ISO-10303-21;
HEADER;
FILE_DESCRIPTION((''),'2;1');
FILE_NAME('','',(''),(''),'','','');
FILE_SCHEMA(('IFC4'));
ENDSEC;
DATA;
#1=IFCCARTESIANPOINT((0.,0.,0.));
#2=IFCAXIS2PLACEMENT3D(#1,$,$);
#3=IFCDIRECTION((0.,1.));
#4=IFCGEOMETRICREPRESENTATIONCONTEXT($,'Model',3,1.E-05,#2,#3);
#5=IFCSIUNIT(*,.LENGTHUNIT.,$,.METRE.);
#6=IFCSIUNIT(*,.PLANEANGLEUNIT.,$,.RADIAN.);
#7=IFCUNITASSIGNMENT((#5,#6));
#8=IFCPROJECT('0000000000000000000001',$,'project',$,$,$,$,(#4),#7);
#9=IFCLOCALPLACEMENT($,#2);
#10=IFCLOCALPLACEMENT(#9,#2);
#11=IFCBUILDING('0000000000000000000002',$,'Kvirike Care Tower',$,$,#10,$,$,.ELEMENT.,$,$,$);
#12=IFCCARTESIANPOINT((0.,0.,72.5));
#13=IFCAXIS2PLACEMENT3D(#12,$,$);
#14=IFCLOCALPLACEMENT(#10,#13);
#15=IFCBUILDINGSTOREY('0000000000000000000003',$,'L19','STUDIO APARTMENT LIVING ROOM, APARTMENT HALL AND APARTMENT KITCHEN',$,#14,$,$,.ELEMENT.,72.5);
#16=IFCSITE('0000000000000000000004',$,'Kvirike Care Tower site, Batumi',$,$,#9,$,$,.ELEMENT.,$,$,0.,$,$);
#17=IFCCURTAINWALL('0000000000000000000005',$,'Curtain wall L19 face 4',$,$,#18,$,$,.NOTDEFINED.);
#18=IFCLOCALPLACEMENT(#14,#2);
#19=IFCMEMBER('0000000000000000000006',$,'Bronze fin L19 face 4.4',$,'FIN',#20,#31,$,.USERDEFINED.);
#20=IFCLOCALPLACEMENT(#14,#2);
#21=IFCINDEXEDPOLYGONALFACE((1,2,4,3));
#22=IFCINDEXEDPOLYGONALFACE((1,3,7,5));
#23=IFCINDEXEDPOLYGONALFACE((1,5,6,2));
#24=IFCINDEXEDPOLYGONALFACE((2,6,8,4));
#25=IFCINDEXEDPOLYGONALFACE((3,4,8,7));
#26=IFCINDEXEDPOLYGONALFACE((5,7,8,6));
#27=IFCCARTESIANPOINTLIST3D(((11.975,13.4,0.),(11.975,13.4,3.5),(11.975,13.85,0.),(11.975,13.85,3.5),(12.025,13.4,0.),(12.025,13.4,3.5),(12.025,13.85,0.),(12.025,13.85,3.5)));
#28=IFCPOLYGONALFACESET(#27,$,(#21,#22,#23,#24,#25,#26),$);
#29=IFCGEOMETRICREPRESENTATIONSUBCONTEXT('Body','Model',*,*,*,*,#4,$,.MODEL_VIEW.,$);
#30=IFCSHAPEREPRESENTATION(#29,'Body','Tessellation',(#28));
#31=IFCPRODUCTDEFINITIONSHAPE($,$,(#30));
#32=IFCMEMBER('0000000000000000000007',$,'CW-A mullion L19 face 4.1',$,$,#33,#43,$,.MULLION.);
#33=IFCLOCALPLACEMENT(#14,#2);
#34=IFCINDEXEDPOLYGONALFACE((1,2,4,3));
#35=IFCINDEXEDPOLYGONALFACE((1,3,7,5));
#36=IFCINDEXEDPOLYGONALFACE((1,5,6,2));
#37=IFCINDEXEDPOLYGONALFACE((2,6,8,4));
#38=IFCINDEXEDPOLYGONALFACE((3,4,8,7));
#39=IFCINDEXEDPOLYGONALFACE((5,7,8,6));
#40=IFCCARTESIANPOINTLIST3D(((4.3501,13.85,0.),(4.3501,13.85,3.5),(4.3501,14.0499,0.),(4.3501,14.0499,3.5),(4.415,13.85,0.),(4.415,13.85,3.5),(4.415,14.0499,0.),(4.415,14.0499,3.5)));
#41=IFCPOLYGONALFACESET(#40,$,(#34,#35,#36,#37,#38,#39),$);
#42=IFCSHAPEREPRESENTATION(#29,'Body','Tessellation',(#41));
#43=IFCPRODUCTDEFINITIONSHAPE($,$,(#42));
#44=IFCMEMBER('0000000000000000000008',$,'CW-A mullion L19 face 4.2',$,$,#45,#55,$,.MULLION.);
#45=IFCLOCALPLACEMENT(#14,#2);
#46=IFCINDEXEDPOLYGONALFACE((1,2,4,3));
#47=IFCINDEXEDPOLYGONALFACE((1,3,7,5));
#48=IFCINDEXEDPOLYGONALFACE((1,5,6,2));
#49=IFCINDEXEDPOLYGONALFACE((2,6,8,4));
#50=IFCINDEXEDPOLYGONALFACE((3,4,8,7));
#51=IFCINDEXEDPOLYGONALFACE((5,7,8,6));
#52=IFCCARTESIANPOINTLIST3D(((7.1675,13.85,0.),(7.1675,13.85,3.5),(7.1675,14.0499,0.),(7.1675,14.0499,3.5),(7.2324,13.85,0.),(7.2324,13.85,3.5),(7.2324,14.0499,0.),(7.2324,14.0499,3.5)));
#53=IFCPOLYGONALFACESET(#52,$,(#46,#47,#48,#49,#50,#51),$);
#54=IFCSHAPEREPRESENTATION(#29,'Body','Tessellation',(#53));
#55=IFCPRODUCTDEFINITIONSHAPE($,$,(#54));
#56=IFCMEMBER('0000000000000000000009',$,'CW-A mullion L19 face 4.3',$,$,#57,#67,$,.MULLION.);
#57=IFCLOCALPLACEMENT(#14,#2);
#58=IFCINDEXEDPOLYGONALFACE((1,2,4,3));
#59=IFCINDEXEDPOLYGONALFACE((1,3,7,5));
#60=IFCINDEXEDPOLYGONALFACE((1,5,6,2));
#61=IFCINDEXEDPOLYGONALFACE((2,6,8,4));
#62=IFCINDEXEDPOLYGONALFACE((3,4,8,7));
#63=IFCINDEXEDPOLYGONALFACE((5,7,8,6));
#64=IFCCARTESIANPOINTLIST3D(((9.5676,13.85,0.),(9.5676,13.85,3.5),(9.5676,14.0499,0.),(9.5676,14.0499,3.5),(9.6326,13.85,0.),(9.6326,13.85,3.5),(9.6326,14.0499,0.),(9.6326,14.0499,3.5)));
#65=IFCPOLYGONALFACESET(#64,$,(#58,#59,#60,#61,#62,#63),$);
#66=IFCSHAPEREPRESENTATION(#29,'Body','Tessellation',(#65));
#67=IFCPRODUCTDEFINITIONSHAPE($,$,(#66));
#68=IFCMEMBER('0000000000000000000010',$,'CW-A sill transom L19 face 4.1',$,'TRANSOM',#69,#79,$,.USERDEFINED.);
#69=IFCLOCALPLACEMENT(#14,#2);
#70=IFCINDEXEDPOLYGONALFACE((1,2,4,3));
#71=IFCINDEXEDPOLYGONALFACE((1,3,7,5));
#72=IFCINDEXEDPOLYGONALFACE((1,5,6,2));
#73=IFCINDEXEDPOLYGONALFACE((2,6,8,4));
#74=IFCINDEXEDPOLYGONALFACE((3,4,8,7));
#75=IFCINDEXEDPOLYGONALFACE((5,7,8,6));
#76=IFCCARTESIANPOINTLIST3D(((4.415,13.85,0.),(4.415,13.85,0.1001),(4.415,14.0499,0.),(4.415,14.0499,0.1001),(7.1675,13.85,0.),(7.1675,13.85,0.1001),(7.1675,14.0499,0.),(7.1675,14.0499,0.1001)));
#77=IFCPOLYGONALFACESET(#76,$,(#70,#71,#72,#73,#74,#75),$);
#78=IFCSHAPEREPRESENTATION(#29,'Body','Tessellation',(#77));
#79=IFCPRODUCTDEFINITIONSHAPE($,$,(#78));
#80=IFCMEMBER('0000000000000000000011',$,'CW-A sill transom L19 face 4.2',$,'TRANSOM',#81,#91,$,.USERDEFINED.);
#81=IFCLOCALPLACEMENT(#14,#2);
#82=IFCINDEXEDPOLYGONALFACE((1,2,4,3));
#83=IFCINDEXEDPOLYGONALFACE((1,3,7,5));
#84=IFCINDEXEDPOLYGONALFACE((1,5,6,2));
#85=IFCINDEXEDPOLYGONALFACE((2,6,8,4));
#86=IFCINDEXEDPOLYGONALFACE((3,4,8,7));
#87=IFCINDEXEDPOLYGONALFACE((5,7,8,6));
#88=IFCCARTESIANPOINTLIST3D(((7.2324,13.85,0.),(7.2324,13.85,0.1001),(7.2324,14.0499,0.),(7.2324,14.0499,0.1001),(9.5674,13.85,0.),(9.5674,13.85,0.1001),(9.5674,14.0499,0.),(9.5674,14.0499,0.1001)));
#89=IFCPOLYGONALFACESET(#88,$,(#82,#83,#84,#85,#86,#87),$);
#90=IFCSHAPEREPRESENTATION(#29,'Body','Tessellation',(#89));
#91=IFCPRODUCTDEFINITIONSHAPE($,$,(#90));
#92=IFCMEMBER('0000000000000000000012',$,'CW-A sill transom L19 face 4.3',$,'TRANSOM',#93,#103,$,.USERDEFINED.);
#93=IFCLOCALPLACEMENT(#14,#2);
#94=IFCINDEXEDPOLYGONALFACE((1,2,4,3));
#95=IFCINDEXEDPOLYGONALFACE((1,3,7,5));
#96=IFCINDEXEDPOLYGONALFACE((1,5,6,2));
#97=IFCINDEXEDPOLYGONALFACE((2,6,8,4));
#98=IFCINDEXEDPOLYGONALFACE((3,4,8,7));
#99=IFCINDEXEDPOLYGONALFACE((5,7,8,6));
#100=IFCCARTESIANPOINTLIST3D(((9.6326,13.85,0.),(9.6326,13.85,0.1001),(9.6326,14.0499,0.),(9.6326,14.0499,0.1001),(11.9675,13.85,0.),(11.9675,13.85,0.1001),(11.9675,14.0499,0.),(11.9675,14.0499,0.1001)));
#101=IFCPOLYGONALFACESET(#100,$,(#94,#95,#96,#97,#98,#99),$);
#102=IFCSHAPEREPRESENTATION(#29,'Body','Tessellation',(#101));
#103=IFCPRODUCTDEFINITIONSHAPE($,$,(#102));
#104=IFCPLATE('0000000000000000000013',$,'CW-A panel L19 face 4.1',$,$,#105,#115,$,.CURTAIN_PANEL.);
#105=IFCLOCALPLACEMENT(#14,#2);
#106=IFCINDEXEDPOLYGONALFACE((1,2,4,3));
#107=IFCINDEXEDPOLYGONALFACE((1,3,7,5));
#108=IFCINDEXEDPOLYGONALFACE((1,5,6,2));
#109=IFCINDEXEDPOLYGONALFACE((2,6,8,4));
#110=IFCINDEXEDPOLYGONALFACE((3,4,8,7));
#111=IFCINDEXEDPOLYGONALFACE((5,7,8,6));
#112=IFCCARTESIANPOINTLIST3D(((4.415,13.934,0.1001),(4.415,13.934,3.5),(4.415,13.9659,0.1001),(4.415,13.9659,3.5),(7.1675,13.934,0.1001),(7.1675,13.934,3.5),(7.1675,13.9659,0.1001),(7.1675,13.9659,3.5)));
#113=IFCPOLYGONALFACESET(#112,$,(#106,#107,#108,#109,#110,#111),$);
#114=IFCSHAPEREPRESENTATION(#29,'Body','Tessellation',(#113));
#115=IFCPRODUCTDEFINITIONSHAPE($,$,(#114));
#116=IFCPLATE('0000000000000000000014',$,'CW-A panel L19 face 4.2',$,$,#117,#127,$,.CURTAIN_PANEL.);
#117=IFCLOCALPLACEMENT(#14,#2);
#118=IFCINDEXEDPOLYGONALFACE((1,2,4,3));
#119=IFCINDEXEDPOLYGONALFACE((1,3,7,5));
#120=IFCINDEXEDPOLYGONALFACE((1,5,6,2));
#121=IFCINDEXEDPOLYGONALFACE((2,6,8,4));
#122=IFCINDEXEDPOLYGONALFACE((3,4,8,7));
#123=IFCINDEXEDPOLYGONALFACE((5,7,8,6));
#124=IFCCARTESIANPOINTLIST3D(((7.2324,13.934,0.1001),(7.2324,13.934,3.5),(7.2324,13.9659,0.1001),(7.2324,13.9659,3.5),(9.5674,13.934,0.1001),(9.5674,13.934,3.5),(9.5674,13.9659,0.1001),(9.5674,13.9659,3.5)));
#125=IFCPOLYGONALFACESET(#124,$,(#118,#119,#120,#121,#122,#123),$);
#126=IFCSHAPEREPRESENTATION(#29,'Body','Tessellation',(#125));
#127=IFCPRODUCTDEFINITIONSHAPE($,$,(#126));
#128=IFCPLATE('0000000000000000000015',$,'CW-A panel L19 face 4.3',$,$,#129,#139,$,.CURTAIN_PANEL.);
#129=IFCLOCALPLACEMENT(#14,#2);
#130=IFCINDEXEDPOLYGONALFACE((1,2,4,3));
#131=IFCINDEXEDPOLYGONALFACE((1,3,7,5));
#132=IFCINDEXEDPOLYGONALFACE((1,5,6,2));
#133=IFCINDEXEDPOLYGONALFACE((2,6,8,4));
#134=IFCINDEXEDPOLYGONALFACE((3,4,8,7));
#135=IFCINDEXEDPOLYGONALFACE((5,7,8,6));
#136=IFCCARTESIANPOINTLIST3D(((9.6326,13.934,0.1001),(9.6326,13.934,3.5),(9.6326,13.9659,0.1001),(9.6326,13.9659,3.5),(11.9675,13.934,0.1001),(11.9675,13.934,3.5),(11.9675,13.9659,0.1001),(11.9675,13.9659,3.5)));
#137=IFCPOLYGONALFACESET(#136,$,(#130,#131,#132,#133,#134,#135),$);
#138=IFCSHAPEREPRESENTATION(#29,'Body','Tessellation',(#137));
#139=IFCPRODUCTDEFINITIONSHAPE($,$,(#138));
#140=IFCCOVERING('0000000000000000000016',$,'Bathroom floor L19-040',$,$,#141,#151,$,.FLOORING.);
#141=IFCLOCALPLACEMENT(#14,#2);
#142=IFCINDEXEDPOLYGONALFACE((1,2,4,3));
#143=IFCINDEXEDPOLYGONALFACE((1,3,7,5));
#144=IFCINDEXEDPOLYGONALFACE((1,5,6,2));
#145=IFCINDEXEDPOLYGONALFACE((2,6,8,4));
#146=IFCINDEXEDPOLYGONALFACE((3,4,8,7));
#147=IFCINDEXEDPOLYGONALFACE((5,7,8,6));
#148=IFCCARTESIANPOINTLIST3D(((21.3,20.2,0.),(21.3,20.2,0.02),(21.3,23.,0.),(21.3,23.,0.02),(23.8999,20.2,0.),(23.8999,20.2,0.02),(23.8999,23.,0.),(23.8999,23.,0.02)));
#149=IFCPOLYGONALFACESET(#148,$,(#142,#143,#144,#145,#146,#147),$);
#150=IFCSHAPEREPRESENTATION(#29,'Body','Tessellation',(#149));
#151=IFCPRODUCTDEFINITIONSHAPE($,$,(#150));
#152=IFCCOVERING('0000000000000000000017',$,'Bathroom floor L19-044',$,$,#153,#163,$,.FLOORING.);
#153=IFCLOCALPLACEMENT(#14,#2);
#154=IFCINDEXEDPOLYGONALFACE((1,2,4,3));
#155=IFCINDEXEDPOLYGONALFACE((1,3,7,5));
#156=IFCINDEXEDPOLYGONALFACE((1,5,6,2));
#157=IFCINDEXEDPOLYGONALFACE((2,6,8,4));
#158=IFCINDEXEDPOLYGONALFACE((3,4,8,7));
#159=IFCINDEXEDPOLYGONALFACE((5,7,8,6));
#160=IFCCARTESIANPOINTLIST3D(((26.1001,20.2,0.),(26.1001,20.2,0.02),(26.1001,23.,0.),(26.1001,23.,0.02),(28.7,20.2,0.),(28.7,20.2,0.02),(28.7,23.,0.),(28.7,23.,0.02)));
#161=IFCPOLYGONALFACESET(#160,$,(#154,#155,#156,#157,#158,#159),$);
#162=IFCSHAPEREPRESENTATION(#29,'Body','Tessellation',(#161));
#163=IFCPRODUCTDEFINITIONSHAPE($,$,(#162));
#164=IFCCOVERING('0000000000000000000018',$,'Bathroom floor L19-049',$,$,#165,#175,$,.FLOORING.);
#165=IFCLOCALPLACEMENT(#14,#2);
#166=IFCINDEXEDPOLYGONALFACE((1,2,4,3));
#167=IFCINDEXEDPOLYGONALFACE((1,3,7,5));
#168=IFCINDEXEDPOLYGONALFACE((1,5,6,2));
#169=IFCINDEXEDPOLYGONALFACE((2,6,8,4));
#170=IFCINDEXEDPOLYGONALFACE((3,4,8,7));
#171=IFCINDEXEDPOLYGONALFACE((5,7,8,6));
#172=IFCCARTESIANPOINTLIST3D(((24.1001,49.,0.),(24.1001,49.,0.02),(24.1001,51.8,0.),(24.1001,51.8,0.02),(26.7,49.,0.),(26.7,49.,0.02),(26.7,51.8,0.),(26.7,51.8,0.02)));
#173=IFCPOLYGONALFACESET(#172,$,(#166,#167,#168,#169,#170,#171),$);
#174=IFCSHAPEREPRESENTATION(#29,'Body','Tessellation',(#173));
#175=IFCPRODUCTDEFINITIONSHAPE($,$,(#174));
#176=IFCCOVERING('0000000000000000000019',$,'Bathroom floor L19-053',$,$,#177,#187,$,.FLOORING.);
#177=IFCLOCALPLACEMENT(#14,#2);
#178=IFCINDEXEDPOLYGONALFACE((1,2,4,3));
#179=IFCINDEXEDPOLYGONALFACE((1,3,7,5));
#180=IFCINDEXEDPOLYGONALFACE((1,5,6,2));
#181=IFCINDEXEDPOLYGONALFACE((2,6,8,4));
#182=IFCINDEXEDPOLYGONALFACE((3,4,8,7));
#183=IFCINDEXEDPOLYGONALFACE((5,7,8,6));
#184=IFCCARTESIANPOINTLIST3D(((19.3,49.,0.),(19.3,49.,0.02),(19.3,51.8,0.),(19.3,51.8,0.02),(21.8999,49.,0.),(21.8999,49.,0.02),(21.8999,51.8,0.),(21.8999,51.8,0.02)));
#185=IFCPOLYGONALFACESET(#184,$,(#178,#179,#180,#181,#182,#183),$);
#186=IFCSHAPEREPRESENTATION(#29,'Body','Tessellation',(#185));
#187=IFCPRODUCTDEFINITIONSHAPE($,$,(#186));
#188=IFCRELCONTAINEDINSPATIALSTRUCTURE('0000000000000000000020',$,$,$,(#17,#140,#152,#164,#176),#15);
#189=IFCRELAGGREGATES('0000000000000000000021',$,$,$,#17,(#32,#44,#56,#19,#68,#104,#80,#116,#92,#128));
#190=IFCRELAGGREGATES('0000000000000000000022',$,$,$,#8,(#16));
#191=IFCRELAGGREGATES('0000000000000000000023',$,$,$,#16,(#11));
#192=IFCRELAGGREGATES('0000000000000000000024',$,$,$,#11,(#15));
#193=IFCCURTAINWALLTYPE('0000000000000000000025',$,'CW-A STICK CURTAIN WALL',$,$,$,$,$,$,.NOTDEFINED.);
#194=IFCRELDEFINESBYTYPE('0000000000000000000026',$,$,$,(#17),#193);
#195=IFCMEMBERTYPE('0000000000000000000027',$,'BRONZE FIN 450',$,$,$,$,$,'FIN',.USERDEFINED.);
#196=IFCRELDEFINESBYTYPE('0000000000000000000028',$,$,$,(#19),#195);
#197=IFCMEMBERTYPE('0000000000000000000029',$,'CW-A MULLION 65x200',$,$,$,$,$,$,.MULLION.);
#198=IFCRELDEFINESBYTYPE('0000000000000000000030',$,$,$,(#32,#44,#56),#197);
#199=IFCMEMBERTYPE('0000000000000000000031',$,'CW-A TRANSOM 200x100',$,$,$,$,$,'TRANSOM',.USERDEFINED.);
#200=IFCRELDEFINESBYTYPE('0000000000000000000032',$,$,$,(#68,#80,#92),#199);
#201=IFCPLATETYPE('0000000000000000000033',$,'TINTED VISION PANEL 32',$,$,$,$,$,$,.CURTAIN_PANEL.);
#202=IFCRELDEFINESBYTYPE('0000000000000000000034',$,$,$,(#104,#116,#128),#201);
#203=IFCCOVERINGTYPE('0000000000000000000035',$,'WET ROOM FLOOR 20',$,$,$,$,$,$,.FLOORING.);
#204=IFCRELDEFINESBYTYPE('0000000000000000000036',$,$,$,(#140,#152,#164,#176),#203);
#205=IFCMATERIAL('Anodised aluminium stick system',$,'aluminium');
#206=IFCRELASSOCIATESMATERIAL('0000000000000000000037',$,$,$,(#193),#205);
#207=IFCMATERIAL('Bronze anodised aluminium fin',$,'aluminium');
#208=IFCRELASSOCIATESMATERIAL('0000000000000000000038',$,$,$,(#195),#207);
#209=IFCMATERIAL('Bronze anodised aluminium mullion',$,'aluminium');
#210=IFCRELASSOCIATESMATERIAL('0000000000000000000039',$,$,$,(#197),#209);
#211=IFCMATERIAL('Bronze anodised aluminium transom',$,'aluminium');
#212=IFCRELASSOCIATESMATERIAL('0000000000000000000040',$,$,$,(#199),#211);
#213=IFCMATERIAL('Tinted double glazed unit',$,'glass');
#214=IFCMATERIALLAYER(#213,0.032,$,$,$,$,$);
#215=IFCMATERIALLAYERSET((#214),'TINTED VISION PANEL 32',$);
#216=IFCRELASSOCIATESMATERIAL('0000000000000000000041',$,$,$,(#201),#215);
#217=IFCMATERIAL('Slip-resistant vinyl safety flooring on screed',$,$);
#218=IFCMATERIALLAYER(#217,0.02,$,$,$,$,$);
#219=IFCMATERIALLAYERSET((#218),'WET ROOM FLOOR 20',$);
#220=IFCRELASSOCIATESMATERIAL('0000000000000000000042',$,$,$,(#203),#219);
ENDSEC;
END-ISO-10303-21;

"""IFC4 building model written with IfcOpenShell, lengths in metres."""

from ifc_helpers import new_model, si_unit, direction, frame, origin, origin_2d, place, context, subcontext, project, spatial, polyline, rectangle, outline, extrude, material, layer, layer_set, material_profile, profile_set, type_object, element, aggregate, save


model = new_model("IFC4")

# Units and contexts
model_context = context("Model", 3, precision=1e-05, world=origin(), true_north=direction((0.0, 1.0)))
body_context = subcontext(model_context, "Body", "Model", "MODEL_VIEW")
ifc_project = project(units=[si_unit("LENGTHUNIT", "METRE"), si_unit("PLANEANGLEUNIT", "RADIAN")], contexts=[model_context])

# Site, building, storey
site_placement = place(None, origin())
site = spatial("IfcSite", under=ifc_project, at=site_placement, Name="Kvirike Care Tower site, Batumi", CompositionType="ELEMENT", RefElevation=0.0)
building_placement = place(site_placement, origin())
building = spatial("IfcBuilding", under=site, at=building_placement, Name="Kvirike Care Tower", CompositionType="ELEMENT")
storey_placement = place(building_placement, frame((0.0, 0.0, 72.5)))
storey = spatial("IfcBuildingStorey", under=building, at=storey_placement, Name="L19", Description="STUDIO APARTMENT LIVING ROOM, APARTMENT HALL AND APARTMENT KITCHEN", CompositionType="ELEMENT", Elevation=72.5)

# Curtain wall, members, plates
ifc_material_1 = material(Name="Anodised aluminium stick system", Category="aluminium")
curtain_wall_type = type_object("IfcCurtainWallType", Name="CW-A STICK CURTAIN WALL", PredefinedType="NOTDEFINED", material=ifc_material_1)
curtain_wall_placement = place(storey_placement, origin())
curtain_wall = element("IfcCurtainWall", 1, at=curtain_wall_placement, inside=storey, type_object=curtain_wall_type, Name="Curtain wall L19 face 4", PredefinedType="NOTDEFINED")
ifc_material_2 = material(Name="Bronze anodised aluminium fin", Category="aluminium")
ifc_material_profile_1 = material_profile(ifc_material_2, rectangle(XDim=0.05, YDim=0.45, at=origin_2d()), Name="BRONZE FIN 450")
ifc_profile_set_1 = profile_set([ifc_material_profile_1], Name="Bronze anodised aluminium fin")
member_type_1 = type_object("IfcMemberType", Name="BRONZE FIN 450", ElementType="FIN", PredefinedType="USERDEFINED", material=ifc_profile_set_1)
member_1_placement = place(storey_placement, frame((12.0, 13.625, 0.0), z_axis=(0.0, 0.0, 1.0), x_axis=(1.0, 0.0, 0.0)))
member_1 = element("IfcMember", 2, at=member_1_placement, type_object=member_type_1, Name="Bronze fin L19 face 4.4", ObjectType="FIN", PredefinedType="USERDEFINED", context=body_context, shape_type="SweptSolid", body=[
    extrude(rectangle(XDim=0.05, YDim=0.45, at=origin_2d()), origin(), (0.0, 0.0, 1.0), 3.5),
])
ifc_material_3 = material(Name="Bronze anodised aluminium mullion", Category="aluminium")
ifc_material_profile_2 = material_profile(ifc_material_3, rectangle(XDim=0.0649, YDim=0.2, at=origin_2d()), Name="CW-A MULLION 65x200")
ifc_profile_set_2 = profile_set([ifc_material_profile_2], Name="Bronze anodised aluminium mullion")
member_type_2 = type_object("IfcMemberType", Name="CW-A MULLION 65x200", PredefinedType="MULLION", material=ifc_profile_set_2)
member_2_placement = place(storey_placement, frame((4.3826, 13.95, 0.0), z_axis=(0.0, 0.0, 1.0), x_axis=(1.0, 0.0, 0.0)))
member_2 = element("IfcMember", 3, at=member_2_placement, type_object=member_type_2, Name="CW-A mullion L19 face 4.1", PredefinedType="MULLION", context=body_context, shape_type="SweptSolid", body=[
    extrude(rectangle(XDim=0.0649, YDim=0.2, at=origin_2d()), origin(), (0.0, 0.0, 1.0), 3.5),
])
member_3_placement = place(storey_placement, frame((7.2, 13.95, 0.0), z_axis=(0.0, 0.0, 1.0), x_axis=(1.0, 0.0, 0.0)))
member_3 = element("IfcMember", 4, at=member_3_placement, type_object=member_type_2, Name="CW-A mullion L19 face 4.2", PredefinedType="MULLION", context=body_context, shape_type="SweptSolid", body=[
    extrude(rectangle(XDim=0.0649, YDim=0.2, at=origin_2d()), origin(), (0.0, 0.0, 1.0), 3.5),
])
member_4_placement = place(storey_placement, frame((9.6001, 13.95, 0.0), z_axis=(0.0, 0.0, 1.0), x_axis=(1.0, 0.0, 0.0)))
member_4 = element("IfcMember", 5, at=member_4_placement, type_object=member_type_2, Name="CW-A mullion L19 face 4.3", PredefinedType="MULLION", context=body_context, shape_type="SweptSolid", body=[
    extrude(rectangle(XDim=0.0649, YDim=0.2, at=origin_2d()), origin(), (0.0, 0.0, 1.0), 3.5),
])
ifc_material_4 = material(Name="Bronze anodised aluminium transom", Category="aluminium")
ifc_material_profile_3 = material_profile(ifc_material_4, rectangle(XDim=0.2, YDim=0.1001, at=origin_2d()), Name="CW-A TRANSOM 200x100")
ifc_profile_set_3 = profile_set([ifc_material_profile_3], Name="Bronze anodised aluminium transom")
member_type_3 = type_object("IfcMemberType", Name="CW-A TRANSOM 200x100", ElementType="TRANSOM", PredefinedType="USERDEFINED", material=ifc_profile_set_3)
member_5_placement = place(storey_placement, frame((4.415, 13.95, 0.05), z_axis=(1.0, 0.0, 0.0), x_axis=(0.0, 1.0, 0.0)))
member_5 = element("IfcMember", 6, at=member_5_placement, type_object=member_type_3, Name="CW-A sill transom L19 face 4.1", ObjectType="TRANSOM", PredefinedType="USERDEFINED", context=body_context, shape_type="SweptSolid", body=[
    extrude(rectangle(XDim=0.2, YDim=0.1001, at=origin_2d()), origin(), (0.0, 0.0, 1.0), 2.7524),
])
member_6_placement = place(storey_placement, frame((7.2324, 13.95, 0.05), z_axis=(1.0, 0.0, 0.0), x_axis=(0.0, 1.0, 0.0)))
member_6 = element("IfcMember", 7, at=member_6_placement, type_object=member_type_3, Name="CW-A sill transom L19 face 4.2", ObjectType="TRANSOM", PredefinedType="USERDEFINED", context=body_context, shape_type="SweptSolid", body=[
    extrude(rectangle(XDim=0.2, YDim=0.1001, at=origin_2d()), origin(), (0.0, 0.0, 1.0), 2.335),
])
member_7_placement = place(storey_placement, frame((9.6326, 13.95, 0.05), z_axis=(1.0, 0.0, 0.0), x_axis=(0.0, 1.0, 0.0)))
member_7 = element("IfcMember", 8, at=member_7_placement, type_object=member_type_3, Name="CW-A sill transom L19 face 4.3", ObjectType="TRANSOM", PredefinedType="USERDEFINED", context=body_context, shape_type="SweptSolid", body=[
    extrude(rectangle(XDim=0.2, YDim=0.1001, at=origin_2d()), origin(), (0.0, 0.0, 1.0), 2.335),
])
ifc_material_5 = material(Name="Tinted double glazed unit", Category="glass")
ifc_layer_1 = layer(ifc_material_5, 0.032)
ifc_layer_set_1 = layer_set([ifc_layer_1], Name="TINTED VISION PANEL 32")
plate_type = type_object("IfcPlateType", Name="TINTED VISION PANEL 32", PredefinedType="CURTAIN_PANEL", material=ifc_layer_set_1)
plate_1_placement = place(storey_placement, frame((5.7913, 13.95, 0.1001), z_axis=(0.0, 0.0, 1.0), x_axis=(1.0, 0.0, 0.0)))
plate_1 = element("IfcPlate", 9, at=plate_1_placement, type_object=plate_type, Name="CW-A panel L19 face 4.1", PredefinedType="CURTAIN_PANEL", context=body_context, shape_type="SweptSolid", body=[
    extrude(rectangle(XDim=2.7524, YDim=0.032, at=origin_2d()), origin(), (0.0, 0.0, 1.0), 3.3999),
])
plate_2_placement = place(storey_placement, frame((8.3999, 13.95, 0.1001), z_axis=(0.0, 0.0, 1.0), x_axis=(1.0, 0.0, 0.0)))
plate_2 = element("IfcPlate", 10, at=plate_2_placement, type_object=plate_type, Name="CW-A panel L19 face 4.2", PredefinedType="CURTAIN_PANEL", context=body_context, shape_type="SweptSolid", body=[
    extrude(rectangle(XDim=2.335, YDim=0.032, at=origin_2d()), origin(), (0.0, 0.0, 1.0), 3.3999),
])
plate_3_placement = place(storey_placement, frame((10.8, 13.95, 0.1001), z_axis=(0.0, 0.0, 1.0), x_axis=(1.0, 0.0, 0.0)))
plate_3 = element("IfcPlate", 11, at=plate_3_placement, type_object=plate_type, Name="CW-A panel L19 face 4.3", PredefinedType="CURTAIN_PANEL", context=body_context, shape_type="SweptSolid", body=[
    extrude(rectangle(XDim=2.335, YDim=0.032, at=origin_2d()), origin(), (0.0, 0.0, 1.0), 3.3999),
])
aggregate(curtain_wall, [member_2, member_3, member_4, member_1, member_5, plate_1, member_6, plate_2, member_7, plate_3])

# Coverings
ifc_material_6 = material(Name="Slip-resistant vinyl safety flooring on screed")
ifc_layer_2 = layer(ifc_material_6, 0.02)
ifc_layer_set_2 = layer_set([ifc_layer_2], Name="WET ROOM FLOOR 20")
covering_type = type_object("IfcCoveringType", Name="WET ROOM FLOOR 20", PredefinedType="FLOORING", material=ifc_layer_set_2)
covering_1_placement = place(storey_placement, origin())
element("IfcCovering", 12, at=covering_1_placement, inside=storey, type_object=covering_type, Name="Bathroom floor L19-040", PredefinedType="FLOORING", context=body_context, shape_type="SweptSolid", body=[
    extrude(outline(polyline([(21.3, 20.2), (21.3, 23.0), (23.8999, 23.0), (23.8999, 20.2), (21.3, 20.2)])), origin(), (0.0, 0.0, 1.0), 0.02),
])
covering_2_placement = place(storey_placement, origin())
element("IfcCovering", 13, at=covering_2_placement, inside=storey, type_object=covering_type, Name="Bathroom floor L19-044", PredefinedType="FLOORING", context=body_context, shape_type="SweptSolid", body=[
    extrude(outline(polyline([(26.1001, 20.2), (26.1001, 23.0), (28.7, 23.0), (28.7, 20.2), (26.1001, 20.2)])), origin(), (0.0, 0.0, 1.0), 0.02),
])
covering_3_placement = place(storey_placement, origin())
element("IfcCovering", 14, at=covering_3_placement, inside=storey, type_object=covering_type, Name="Bathroom floor L19-049", PredefinedType="FLOORING", context=body_context, shape_type="SweptSolid", body=[
    extrude(outline(polyline([(26.7, 51.8), (26.7, 49.0), (24.1001, 49.0), (24.1001, 51.8), (26.7, 51.8)])), origin(), (0.0, 0.0, 1.0), 0.02),
])
covering_4_placement = place(storey_placement, origin())
element("IfcCovering", 15, at=covering_4_placement, inside=storey, type_object=covering_type, Name="Bathroom floor L19-053", PredefinedType="FLOORING", context=body_context, shape_type="SweptSolid", body=[
    extrude(outline(polyline([(21.8999, 51.8), (21.8999, 49.0), (19.3, 49.0), (19.3, 51.8), (21.8999, 51.8)])), origin(), (0.0, 0.0, 1.0), 0.02),
])

save(model, "model.ifc")
